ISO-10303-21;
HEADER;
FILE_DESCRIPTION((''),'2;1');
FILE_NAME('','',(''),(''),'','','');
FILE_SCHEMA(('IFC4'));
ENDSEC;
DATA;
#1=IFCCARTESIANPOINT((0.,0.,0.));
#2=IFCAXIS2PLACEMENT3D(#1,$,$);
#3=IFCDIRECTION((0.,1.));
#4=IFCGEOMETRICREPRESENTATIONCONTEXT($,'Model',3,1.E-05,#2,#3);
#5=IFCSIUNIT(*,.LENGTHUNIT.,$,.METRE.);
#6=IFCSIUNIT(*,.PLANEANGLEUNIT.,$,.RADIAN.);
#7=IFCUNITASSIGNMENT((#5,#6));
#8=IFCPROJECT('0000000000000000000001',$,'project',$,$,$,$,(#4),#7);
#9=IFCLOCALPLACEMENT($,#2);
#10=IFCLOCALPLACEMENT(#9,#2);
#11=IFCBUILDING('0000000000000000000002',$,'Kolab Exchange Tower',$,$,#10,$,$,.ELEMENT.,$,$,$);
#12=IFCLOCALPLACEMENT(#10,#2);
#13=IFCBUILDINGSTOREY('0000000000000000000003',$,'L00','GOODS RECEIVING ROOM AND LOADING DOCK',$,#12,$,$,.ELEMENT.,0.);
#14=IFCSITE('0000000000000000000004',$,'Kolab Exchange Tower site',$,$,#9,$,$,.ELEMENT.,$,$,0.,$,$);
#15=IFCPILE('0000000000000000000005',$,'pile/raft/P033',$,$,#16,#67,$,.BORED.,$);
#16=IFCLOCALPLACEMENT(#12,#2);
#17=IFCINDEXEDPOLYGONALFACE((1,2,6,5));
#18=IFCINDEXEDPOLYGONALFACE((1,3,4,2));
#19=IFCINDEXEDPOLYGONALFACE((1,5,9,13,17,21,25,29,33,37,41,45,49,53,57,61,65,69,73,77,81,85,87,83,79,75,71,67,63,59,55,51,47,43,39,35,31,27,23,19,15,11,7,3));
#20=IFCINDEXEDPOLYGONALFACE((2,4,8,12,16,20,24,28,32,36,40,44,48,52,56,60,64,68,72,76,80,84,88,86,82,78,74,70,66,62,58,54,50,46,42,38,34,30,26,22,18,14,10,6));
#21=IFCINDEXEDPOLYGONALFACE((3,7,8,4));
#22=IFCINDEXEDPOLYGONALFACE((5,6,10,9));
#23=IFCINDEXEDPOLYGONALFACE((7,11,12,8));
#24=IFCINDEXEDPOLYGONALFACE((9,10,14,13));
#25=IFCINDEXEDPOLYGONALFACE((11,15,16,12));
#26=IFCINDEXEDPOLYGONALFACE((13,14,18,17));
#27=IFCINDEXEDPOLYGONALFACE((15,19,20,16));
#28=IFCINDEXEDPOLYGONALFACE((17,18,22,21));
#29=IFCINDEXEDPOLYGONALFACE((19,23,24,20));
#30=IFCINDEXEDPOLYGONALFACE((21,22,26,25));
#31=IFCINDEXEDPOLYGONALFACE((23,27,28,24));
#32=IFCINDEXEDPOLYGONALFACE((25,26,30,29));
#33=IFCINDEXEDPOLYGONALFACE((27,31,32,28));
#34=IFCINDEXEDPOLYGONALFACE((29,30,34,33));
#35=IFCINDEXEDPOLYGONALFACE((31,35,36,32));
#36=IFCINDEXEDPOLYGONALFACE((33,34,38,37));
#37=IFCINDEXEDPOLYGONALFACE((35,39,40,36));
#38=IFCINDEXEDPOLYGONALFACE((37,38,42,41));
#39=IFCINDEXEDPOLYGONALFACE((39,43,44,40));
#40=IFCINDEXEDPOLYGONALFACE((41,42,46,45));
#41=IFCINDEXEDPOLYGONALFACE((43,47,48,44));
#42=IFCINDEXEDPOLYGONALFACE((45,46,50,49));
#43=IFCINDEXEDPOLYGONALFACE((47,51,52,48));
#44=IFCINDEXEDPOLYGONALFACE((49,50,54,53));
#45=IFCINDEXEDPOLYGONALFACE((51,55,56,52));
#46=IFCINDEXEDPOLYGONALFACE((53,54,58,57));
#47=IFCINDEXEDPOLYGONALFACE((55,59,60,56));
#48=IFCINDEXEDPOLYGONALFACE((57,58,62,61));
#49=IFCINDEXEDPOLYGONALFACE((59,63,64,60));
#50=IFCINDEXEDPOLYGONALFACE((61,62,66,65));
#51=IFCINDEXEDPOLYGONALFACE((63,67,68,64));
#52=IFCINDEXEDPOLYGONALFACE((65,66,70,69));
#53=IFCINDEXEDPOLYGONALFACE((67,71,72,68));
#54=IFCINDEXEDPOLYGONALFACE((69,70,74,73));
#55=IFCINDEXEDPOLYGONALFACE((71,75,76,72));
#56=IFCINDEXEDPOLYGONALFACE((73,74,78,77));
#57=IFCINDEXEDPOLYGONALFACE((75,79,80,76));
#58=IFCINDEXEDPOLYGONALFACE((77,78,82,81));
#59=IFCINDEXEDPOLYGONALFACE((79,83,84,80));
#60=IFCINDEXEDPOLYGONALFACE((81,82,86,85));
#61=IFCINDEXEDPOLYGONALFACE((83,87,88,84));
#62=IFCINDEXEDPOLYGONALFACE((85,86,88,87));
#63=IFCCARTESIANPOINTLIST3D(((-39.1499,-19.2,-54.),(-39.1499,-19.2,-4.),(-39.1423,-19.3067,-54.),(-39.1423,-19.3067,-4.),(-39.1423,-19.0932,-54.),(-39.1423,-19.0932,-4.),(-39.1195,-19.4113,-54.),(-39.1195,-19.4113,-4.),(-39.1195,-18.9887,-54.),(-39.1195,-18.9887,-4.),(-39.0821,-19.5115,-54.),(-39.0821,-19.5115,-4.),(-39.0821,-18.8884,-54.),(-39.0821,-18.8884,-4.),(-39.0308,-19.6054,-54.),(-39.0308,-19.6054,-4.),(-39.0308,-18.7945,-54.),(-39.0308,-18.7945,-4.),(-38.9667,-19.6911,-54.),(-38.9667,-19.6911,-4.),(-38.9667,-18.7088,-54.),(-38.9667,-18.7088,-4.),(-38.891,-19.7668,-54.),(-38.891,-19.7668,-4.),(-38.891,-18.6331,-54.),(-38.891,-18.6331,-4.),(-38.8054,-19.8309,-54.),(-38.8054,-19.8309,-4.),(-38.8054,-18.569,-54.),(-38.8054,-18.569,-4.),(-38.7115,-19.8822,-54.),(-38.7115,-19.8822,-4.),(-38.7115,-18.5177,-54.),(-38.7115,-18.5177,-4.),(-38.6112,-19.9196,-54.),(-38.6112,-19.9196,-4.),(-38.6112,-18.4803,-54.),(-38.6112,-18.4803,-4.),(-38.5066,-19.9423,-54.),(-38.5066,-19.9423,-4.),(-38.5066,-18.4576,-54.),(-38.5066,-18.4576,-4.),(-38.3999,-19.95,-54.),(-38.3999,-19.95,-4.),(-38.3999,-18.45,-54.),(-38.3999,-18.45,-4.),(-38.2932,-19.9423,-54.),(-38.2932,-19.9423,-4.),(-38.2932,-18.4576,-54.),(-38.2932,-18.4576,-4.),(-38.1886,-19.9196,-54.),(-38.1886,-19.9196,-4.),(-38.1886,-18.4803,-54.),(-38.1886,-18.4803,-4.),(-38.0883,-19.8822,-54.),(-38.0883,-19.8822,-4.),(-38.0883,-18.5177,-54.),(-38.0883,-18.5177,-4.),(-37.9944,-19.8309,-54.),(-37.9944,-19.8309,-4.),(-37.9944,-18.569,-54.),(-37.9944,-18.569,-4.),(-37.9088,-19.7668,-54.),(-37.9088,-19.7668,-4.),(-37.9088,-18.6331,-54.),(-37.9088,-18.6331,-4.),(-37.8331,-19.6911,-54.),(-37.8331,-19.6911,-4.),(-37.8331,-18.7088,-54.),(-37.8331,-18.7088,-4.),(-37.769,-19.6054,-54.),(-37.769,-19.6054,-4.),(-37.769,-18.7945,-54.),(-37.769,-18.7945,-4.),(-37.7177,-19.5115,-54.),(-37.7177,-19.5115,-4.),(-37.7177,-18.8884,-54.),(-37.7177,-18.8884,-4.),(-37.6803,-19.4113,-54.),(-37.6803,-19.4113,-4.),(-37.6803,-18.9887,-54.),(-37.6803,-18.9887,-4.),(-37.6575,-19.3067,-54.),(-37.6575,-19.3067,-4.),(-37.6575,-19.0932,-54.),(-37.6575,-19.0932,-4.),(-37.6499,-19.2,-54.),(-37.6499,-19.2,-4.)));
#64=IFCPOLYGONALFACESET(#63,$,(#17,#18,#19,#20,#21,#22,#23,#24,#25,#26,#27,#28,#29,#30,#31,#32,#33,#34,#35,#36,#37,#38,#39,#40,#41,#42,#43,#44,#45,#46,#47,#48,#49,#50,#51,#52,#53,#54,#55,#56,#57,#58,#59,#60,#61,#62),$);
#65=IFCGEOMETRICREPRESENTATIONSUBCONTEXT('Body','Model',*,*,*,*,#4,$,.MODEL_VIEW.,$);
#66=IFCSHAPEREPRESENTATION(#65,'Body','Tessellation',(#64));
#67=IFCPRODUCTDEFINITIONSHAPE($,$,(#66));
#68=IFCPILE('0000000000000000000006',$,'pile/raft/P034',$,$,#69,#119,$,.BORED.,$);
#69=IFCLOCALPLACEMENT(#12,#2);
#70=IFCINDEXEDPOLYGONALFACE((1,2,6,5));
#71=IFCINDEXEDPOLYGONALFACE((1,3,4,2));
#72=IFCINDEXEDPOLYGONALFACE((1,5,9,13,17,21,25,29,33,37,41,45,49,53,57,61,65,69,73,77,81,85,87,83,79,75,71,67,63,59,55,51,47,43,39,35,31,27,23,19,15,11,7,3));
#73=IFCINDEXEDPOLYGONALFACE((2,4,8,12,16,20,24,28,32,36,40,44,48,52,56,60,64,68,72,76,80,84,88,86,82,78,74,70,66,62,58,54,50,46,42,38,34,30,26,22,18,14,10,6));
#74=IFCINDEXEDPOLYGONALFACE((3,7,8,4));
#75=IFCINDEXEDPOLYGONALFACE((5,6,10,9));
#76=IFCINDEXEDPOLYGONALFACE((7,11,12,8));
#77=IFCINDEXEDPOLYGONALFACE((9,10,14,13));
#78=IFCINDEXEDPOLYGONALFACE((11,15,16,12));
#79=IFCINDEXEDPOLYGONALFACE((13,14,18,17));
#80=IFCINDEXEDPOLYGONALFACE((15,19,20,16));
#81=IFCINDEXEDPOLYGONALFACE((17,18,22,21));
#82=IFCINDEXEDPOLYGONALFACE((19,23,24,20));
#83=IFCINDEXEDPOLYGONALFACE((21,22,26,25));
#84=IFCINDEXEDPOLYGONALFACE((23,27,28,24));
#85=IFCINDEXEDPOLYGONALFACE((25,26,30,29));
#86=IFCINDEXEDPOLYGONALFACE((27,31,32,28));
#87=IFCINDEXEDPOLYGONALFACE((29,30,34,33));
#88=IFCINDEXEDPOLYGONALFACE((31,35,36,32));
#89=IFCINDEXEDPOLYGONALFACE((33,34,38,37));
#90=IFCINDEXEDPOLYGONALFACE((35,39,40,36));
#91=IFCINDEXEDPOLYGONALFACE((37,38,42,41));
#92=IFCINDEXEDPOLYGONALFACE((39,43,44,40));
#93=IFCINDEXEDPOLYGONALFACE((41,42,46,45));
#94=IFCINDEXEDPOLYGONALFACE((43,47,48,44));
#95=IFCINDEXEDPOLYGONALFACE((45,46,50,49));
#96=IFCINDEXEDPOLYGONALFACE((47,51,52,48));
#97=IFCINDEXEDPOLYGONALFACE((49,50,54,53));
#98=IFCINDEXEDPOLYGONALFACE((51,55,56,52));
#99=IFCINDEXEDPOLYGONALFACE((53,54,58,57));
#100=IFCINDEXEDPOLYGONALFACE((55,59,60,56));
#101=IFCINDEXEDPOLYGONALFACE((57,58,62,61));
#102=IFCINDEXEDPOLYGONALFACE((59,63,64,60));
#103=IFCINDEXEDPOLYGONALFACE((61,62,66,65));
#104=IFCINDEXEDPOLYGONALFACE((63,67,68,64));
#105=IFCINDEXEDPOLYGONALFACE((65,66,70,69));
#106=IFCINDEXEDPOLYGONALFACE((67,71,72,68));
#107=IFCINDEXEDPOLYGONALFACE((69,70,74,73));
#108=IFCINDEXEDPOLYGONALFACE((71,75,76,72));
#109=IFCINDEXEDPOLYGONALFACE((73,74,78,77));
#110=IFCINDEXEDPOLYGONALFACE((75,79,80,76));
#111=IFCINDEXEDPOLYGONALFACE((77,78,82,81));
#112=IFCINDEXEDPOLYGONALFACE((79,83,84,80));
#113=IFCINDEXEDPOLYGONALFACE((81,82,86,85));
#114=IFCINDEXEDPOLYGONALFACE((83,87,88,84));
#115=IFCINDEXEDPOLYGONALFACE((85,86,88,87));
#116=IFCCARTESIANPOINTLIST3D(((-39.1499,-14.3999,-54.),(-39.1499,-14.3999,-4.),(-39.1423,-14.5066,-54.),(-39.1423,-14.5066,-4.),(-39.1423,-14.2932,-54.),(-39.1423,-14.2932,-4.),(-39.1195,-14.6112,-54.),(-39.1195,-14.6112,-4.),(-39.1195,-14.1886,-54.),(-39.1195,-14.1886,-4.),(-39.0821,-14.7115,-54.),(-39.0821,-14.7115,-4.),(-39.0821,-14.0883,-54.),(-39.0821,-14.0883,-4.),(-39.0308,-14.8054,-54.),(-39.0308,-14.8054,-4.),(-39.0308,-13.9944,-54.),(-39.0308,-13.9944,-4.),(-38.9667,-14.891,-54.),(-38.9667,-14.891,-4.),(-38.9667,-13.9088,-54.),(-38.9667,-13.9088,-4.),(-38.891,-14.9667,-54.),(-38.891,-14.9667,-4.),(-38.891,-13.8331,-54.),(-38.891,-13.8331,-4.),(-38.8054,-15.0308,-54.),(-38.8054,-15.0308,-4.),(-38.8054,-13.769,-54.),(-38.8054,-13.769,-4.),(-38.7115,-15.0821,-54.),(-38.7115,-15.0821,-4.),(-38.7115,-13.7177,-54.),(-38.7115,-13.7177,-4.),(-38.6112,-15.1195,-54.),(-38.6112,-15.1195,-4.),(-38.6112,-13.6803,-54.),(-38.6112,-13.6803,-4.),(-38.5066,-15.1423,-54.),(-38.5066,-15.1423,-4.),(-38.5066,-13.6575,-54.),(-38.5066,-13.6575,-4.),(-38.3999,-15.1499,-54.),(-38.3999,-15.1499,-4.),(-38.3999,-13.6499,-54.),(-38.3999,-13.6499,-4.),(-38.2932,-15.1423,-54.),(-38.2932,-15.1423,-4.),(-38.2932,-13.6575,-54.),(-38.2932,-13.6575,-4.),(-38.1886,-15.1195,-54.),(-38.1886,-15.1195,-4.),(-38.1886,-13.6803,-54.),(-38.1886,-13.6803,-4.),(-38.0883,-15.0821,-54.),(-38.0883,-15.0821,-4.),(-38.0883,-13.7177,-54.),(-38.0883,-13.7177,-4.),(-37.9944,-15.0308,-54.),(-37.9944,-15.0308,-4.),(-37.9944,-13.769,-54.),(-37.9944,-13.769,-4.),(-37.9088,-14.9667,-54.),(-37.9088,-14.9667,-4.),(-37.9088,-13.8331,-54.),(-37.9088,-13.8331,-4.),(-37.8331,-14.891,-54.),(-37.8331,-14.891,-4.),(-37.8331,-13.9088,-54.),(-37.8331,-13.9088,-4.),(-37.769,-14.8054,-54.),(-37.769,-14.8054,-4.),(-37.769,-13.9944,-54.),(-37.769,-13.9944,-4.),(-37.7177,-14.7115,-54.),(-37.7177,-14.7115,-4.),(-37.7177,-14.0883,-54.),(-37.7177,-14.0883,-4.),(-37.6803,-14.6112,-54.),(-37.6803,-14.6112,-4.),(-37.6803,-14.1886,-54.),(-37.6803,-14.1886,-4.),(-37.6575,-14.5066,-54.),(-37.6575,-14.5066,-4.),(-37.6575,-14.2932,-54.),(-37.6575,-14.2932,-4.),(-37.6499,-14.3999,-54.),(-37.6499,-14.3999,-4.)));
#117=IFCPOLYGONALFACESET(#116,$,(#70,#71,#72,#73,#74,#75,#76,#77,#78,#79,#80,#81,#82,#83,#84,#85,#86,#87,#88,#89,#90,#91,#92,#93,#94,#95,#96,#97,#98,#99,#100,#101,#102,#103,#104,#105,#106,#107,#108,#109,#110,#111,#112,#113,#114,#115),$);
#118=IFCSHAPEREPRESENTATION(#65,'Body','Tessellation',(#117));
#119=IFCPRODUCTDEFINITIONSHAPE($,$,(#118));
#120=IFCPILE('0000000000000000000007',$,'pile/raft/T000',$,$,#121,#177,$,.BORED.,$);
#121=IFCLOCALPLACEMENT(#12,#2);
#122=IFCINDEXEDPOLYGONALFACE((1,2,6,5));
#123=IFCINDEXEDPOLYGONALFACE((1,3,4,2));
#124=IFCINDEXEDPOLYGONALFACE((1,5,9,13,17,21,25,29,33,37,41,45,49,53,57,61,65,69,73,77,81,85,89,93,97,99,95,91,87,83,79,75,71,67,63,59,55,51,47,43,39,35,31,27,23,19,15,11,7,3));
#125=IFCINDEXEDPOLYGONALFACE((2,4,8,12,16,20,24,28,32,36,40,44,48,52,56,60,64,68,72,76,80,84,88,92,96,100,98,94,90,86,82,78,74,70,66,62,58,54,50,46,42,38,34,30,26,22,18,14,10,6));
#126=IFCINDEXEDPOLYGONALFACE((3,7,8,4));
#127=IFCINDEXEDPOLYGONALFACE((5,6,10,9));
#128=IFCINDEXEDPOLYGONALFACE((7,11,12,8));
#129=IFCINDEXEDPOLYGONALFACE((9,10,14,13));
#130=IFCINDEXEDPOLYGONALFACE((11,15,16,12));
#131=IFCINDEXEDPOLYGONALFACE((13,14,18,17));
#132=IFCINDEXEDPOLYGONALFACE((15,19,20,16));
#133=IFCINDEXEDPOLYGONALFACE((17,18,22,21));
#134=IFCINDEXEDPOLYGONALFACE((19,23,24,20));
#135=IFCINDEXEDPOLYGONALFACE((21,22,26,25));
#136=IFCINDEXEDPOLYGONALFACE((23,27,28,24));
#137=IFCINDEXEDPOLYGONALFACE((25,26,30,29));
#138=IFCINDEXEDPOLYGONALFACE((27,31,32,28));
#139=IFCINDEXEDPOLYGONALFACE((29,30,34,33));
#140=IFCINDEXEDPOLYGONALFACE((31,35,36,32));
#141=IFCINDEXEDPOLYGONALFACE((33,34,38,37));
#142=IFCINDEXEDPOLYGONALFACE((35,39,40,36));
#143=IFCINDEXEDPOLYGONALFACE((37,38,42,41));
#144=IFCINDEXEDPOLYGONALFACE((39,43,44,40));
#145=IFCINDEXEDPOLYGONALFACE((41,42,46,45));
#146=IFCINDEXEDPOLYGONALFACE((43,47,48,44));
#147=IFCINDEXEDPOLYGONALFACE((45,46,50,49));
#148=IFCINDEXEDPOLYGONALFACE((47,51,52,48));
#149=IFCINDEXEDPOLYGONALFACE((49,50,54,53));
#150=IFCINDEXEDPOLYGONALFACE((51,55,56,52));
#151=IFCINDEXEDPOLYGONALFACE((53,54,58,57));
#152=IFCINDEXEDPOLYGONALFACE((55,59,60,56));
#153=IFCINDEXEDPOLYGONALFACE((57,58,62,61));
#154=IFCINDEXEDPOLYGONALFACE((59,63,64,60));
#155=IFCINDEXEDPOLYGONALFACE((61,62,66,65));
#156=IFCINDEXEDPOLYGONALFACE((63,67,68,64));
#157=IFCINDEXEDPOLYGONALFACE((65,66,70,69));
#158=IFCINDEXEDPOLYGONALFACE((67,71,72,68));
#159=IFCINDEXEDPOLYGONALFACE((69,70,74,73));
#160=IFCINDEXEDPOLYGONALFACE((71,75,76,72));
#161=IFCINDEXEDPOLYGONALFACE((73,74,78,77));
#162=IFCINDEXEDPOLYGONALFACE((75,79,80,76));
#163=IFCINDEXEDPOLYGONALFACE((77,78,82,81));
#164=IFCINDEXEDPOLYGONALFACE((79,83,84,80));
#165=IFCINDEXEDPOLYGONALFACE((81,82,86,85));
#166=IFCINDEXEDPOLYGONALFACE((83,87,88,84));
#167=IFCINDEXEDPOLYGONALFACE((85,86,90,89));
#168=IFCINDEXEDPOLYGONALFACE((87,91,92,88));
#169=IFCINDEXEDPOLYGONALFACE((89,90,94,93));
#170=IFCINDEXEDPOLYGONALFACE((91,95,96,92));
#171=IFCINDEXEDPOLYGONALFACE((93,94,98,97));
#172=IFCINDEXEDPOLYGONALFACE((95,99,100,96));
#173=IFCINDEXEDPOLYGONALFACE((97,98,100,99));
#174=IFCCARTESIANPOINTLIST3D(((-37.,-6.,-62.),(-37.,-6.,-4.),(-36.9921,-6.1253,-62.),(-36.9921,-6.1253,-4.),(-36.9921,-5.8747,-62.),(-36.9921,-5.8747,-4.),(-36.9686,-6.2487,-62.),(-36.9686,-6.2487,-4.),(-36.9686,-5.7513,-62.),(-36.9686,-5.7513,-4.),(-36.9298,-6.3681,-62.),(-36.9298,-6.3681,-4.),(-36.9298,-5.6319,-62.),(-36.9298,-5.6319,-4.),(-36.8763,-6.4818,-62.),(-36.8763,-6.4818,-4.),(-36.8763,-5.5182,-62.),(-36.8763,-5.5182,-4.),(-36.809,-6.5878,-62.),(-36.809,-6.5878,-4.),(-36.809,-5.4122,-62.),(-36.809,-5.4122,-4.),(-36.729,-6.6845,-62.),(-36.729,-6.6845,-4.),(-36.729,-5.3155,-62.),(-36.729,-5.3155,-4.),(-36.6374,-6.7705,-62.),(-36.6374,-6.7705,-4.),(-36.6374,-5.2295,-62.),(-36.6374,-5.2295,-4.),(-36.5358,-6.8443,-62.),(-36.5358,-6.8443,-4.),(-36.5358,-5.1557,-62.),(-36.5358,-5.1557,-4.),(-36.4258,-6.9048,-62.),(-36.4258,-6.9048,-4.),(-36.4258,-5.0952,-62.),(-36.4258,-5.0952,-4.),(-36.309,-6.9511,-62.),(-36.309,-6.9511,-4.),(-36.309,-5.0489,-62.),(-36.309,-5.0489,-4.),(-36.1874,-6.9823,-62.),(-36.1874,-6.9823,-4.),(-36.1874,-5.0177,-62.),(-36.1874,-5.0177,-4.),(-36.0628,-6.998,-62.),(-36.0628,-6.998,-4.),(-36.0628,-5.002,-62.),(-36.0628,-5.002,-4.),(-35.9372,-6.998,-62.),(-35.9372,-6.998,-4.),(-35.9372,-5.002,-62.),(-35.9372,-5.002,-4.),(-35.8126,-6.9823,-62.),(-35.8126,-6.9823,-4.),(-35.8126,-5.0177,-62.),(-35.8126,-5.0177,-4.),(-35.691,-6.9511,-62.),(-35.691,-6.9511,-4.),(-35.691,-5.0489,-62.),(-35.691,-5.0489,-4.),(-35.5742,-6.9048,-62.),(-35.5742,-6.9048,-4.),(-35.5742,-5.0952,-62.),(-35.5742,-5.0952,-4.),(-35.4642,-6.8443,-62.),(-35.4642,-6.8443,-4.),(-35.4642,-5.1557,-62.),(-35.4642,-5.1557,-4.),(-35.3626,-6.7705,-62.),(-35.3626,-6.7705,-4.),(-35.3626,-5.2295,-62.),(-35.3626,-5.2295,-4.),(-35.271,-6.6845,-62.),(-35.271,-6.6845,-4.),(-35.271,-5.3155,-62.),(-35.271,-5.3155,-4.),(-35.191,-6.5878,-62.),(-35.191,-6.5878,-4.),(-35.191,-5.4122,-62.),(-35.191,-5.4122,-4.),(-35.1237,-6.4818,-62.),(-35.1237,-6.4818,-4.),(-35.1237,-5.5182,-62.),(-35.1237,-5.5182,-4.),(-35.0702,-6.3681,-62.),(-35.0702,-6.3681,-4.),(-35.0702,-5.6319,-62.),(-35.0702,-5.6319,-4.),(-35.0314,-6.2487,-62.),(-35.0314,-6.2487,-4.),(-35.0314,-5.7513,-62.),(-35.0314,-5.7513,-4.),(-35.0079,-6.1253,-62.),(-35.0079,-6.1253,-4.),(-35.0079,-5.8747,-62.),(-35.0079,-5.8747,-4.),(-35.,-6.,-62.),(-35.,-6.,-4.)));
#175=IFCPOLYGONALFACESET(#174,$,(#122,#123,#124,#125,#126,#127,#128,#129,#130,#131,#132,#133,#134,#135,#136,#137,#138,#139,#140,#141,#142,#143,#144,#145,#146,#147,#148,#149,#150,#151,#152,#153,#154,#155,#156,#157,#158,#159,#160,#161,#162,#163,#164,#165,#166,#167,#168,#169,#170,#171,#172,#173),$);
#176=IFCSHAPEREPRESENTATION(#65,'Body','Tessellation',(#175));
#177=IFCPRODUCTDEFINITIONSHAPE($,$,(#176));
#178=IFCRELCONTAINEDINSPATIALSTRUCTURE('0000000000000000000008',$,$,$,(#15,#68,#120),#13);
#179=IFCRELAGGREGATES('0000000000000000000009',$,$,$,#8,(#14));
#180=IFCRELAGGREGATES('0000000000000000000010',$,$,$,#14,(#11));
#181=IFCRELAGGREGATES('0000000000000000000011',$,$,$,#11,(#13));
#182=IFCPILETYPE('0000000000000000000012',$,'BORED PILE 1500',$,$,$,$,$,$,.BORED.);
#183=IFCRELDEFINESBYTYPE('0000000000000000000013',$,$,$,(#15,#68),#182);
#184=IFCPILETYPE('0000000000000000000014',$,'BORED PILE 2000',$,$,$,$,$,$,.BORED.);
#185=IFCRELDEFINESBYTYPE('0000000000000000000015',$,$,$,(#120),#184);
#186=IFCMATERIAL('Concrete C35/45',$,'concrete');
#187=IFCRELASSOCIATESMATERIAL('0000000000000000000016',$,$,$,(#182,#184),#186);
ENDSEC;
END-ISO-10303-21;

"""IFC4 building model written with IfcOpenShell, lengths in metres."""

from ifc_helpers import new_model, si_unit, direction, frame, origin, origin_2d, place, context, subcontext, project, spatial, circle, extrude, material, material_profile, profile_set, type_object, element, save


model = new_model("IFC4")

# Units and contexts
model_context = context("Model", 3, precision=1e-05, world=origin(), true_north=direction((0.0, 1.0)))
body_context = subcontext(model_context, "Body", "Model", "MODEL_VIEW")
ifc_project = project(units=[si_unit("LENGTHUNIT", "METRE"), si_unit("PLANEANGLEUNIT", "RADIAN")], contexts=[model_context])

# Site, building, storey
site_placement = place(None, origin())
site = spatial("IfcSite", under=ifc_project, at=site_placement, Name="Kolab Exchange Tower site", CompositionType="ELEMENT", RefElevation=0.0)
building_placement = place(site_placement, origin())
building = spatial("IfcBuilding", under=site, at=building_placement, Name="Kolab Exchange Tower", CompositionType="ELEMENT")
storey_placement = place(building_placement, origin())
storey = spatial("IfcBuildingStorey", under=building, at=storey_placement, Name="L00", Description="GOODS RECEIVING ROOM AND LOADING DOCK", CompositionType="ELEMENT", Elevation=0.0)

# Piles
ifc_material_1 = material(Name="Concrete C35/45", Category="concrete")
ifc_material_profile_1 = material_profile(ifc_material_1, circle(Radius=0.75, at=origin_2d()), Name="BP1500")
ifc_profile_set_1 = profile_set([ifc_material_profile_1], Name="Concrete C35/45")
pile_type_1 = type_object("IfcPileType", Name="BORED PILE 1500", PredefinedType="BORED", material=ifc_profile_set_1)
for number, where, z_axis, x_axis, name in (
    (1, (-38.3999, -19.2, -4.0), (0.0, 0.0, -1.0), (1.0, 0.0, 0.0), "pile/raft/P033"),
    (2, (-38.3999, -14.3999, -4.0), (0.0, 0.0, -1.0), (1.0, 0.0, 0.0), "pile/raft/P034"),
):
    element("IfcPile", number, at=place(storey_placement, frame(where, z_axis=z_axis, x_axis=x_axis)), inside=storey, type_object=pile_type_1, Name=name, PredefinedType="BORED", context=body_context, shape_type="SweptSolid", body=[
        extrude(circle(Radius=0.75, at=origin_2d()), origin(), (0.0, 0.0, 1.0), 50.0),
    ])
ifc_material_profile_2 = material_profile(ifc_material_1, circle(Radius=1.0, at=origin_2d()), Name="BP2000")
ifc_profile_set_2 = profile_set([ifc_material_profile_2], Name="Concrete C35/45")
pile_type_2 = type_object("IfcPileType", Name="BORED PILE 2000", PredefinedType="BORED", material=ifc_profile_set_2)
for number, where, z_axis, x_axis, name in (
    (3, (-36.0, -6.0, -4.0), (0.0, 0.0, -1.0), (1.0, 0.0, 0.0), "pile/raft/T000"),
):
    element("IfcPile", number, at=place(storey_placement, frame(where, z_axis=z_axis, x_axis=x_axis)), inside=storey, type_object=pile_type_2, Name=name, PredefinedType="BORED", context=body_context, shape_type="SweptSolid", body=[
        extrude(circle(Radius=1.0, at=origin_2d()), origin(), (0.0, 0.0, 1.0), 58.0),
    ])

save(model, "model.ifc")
